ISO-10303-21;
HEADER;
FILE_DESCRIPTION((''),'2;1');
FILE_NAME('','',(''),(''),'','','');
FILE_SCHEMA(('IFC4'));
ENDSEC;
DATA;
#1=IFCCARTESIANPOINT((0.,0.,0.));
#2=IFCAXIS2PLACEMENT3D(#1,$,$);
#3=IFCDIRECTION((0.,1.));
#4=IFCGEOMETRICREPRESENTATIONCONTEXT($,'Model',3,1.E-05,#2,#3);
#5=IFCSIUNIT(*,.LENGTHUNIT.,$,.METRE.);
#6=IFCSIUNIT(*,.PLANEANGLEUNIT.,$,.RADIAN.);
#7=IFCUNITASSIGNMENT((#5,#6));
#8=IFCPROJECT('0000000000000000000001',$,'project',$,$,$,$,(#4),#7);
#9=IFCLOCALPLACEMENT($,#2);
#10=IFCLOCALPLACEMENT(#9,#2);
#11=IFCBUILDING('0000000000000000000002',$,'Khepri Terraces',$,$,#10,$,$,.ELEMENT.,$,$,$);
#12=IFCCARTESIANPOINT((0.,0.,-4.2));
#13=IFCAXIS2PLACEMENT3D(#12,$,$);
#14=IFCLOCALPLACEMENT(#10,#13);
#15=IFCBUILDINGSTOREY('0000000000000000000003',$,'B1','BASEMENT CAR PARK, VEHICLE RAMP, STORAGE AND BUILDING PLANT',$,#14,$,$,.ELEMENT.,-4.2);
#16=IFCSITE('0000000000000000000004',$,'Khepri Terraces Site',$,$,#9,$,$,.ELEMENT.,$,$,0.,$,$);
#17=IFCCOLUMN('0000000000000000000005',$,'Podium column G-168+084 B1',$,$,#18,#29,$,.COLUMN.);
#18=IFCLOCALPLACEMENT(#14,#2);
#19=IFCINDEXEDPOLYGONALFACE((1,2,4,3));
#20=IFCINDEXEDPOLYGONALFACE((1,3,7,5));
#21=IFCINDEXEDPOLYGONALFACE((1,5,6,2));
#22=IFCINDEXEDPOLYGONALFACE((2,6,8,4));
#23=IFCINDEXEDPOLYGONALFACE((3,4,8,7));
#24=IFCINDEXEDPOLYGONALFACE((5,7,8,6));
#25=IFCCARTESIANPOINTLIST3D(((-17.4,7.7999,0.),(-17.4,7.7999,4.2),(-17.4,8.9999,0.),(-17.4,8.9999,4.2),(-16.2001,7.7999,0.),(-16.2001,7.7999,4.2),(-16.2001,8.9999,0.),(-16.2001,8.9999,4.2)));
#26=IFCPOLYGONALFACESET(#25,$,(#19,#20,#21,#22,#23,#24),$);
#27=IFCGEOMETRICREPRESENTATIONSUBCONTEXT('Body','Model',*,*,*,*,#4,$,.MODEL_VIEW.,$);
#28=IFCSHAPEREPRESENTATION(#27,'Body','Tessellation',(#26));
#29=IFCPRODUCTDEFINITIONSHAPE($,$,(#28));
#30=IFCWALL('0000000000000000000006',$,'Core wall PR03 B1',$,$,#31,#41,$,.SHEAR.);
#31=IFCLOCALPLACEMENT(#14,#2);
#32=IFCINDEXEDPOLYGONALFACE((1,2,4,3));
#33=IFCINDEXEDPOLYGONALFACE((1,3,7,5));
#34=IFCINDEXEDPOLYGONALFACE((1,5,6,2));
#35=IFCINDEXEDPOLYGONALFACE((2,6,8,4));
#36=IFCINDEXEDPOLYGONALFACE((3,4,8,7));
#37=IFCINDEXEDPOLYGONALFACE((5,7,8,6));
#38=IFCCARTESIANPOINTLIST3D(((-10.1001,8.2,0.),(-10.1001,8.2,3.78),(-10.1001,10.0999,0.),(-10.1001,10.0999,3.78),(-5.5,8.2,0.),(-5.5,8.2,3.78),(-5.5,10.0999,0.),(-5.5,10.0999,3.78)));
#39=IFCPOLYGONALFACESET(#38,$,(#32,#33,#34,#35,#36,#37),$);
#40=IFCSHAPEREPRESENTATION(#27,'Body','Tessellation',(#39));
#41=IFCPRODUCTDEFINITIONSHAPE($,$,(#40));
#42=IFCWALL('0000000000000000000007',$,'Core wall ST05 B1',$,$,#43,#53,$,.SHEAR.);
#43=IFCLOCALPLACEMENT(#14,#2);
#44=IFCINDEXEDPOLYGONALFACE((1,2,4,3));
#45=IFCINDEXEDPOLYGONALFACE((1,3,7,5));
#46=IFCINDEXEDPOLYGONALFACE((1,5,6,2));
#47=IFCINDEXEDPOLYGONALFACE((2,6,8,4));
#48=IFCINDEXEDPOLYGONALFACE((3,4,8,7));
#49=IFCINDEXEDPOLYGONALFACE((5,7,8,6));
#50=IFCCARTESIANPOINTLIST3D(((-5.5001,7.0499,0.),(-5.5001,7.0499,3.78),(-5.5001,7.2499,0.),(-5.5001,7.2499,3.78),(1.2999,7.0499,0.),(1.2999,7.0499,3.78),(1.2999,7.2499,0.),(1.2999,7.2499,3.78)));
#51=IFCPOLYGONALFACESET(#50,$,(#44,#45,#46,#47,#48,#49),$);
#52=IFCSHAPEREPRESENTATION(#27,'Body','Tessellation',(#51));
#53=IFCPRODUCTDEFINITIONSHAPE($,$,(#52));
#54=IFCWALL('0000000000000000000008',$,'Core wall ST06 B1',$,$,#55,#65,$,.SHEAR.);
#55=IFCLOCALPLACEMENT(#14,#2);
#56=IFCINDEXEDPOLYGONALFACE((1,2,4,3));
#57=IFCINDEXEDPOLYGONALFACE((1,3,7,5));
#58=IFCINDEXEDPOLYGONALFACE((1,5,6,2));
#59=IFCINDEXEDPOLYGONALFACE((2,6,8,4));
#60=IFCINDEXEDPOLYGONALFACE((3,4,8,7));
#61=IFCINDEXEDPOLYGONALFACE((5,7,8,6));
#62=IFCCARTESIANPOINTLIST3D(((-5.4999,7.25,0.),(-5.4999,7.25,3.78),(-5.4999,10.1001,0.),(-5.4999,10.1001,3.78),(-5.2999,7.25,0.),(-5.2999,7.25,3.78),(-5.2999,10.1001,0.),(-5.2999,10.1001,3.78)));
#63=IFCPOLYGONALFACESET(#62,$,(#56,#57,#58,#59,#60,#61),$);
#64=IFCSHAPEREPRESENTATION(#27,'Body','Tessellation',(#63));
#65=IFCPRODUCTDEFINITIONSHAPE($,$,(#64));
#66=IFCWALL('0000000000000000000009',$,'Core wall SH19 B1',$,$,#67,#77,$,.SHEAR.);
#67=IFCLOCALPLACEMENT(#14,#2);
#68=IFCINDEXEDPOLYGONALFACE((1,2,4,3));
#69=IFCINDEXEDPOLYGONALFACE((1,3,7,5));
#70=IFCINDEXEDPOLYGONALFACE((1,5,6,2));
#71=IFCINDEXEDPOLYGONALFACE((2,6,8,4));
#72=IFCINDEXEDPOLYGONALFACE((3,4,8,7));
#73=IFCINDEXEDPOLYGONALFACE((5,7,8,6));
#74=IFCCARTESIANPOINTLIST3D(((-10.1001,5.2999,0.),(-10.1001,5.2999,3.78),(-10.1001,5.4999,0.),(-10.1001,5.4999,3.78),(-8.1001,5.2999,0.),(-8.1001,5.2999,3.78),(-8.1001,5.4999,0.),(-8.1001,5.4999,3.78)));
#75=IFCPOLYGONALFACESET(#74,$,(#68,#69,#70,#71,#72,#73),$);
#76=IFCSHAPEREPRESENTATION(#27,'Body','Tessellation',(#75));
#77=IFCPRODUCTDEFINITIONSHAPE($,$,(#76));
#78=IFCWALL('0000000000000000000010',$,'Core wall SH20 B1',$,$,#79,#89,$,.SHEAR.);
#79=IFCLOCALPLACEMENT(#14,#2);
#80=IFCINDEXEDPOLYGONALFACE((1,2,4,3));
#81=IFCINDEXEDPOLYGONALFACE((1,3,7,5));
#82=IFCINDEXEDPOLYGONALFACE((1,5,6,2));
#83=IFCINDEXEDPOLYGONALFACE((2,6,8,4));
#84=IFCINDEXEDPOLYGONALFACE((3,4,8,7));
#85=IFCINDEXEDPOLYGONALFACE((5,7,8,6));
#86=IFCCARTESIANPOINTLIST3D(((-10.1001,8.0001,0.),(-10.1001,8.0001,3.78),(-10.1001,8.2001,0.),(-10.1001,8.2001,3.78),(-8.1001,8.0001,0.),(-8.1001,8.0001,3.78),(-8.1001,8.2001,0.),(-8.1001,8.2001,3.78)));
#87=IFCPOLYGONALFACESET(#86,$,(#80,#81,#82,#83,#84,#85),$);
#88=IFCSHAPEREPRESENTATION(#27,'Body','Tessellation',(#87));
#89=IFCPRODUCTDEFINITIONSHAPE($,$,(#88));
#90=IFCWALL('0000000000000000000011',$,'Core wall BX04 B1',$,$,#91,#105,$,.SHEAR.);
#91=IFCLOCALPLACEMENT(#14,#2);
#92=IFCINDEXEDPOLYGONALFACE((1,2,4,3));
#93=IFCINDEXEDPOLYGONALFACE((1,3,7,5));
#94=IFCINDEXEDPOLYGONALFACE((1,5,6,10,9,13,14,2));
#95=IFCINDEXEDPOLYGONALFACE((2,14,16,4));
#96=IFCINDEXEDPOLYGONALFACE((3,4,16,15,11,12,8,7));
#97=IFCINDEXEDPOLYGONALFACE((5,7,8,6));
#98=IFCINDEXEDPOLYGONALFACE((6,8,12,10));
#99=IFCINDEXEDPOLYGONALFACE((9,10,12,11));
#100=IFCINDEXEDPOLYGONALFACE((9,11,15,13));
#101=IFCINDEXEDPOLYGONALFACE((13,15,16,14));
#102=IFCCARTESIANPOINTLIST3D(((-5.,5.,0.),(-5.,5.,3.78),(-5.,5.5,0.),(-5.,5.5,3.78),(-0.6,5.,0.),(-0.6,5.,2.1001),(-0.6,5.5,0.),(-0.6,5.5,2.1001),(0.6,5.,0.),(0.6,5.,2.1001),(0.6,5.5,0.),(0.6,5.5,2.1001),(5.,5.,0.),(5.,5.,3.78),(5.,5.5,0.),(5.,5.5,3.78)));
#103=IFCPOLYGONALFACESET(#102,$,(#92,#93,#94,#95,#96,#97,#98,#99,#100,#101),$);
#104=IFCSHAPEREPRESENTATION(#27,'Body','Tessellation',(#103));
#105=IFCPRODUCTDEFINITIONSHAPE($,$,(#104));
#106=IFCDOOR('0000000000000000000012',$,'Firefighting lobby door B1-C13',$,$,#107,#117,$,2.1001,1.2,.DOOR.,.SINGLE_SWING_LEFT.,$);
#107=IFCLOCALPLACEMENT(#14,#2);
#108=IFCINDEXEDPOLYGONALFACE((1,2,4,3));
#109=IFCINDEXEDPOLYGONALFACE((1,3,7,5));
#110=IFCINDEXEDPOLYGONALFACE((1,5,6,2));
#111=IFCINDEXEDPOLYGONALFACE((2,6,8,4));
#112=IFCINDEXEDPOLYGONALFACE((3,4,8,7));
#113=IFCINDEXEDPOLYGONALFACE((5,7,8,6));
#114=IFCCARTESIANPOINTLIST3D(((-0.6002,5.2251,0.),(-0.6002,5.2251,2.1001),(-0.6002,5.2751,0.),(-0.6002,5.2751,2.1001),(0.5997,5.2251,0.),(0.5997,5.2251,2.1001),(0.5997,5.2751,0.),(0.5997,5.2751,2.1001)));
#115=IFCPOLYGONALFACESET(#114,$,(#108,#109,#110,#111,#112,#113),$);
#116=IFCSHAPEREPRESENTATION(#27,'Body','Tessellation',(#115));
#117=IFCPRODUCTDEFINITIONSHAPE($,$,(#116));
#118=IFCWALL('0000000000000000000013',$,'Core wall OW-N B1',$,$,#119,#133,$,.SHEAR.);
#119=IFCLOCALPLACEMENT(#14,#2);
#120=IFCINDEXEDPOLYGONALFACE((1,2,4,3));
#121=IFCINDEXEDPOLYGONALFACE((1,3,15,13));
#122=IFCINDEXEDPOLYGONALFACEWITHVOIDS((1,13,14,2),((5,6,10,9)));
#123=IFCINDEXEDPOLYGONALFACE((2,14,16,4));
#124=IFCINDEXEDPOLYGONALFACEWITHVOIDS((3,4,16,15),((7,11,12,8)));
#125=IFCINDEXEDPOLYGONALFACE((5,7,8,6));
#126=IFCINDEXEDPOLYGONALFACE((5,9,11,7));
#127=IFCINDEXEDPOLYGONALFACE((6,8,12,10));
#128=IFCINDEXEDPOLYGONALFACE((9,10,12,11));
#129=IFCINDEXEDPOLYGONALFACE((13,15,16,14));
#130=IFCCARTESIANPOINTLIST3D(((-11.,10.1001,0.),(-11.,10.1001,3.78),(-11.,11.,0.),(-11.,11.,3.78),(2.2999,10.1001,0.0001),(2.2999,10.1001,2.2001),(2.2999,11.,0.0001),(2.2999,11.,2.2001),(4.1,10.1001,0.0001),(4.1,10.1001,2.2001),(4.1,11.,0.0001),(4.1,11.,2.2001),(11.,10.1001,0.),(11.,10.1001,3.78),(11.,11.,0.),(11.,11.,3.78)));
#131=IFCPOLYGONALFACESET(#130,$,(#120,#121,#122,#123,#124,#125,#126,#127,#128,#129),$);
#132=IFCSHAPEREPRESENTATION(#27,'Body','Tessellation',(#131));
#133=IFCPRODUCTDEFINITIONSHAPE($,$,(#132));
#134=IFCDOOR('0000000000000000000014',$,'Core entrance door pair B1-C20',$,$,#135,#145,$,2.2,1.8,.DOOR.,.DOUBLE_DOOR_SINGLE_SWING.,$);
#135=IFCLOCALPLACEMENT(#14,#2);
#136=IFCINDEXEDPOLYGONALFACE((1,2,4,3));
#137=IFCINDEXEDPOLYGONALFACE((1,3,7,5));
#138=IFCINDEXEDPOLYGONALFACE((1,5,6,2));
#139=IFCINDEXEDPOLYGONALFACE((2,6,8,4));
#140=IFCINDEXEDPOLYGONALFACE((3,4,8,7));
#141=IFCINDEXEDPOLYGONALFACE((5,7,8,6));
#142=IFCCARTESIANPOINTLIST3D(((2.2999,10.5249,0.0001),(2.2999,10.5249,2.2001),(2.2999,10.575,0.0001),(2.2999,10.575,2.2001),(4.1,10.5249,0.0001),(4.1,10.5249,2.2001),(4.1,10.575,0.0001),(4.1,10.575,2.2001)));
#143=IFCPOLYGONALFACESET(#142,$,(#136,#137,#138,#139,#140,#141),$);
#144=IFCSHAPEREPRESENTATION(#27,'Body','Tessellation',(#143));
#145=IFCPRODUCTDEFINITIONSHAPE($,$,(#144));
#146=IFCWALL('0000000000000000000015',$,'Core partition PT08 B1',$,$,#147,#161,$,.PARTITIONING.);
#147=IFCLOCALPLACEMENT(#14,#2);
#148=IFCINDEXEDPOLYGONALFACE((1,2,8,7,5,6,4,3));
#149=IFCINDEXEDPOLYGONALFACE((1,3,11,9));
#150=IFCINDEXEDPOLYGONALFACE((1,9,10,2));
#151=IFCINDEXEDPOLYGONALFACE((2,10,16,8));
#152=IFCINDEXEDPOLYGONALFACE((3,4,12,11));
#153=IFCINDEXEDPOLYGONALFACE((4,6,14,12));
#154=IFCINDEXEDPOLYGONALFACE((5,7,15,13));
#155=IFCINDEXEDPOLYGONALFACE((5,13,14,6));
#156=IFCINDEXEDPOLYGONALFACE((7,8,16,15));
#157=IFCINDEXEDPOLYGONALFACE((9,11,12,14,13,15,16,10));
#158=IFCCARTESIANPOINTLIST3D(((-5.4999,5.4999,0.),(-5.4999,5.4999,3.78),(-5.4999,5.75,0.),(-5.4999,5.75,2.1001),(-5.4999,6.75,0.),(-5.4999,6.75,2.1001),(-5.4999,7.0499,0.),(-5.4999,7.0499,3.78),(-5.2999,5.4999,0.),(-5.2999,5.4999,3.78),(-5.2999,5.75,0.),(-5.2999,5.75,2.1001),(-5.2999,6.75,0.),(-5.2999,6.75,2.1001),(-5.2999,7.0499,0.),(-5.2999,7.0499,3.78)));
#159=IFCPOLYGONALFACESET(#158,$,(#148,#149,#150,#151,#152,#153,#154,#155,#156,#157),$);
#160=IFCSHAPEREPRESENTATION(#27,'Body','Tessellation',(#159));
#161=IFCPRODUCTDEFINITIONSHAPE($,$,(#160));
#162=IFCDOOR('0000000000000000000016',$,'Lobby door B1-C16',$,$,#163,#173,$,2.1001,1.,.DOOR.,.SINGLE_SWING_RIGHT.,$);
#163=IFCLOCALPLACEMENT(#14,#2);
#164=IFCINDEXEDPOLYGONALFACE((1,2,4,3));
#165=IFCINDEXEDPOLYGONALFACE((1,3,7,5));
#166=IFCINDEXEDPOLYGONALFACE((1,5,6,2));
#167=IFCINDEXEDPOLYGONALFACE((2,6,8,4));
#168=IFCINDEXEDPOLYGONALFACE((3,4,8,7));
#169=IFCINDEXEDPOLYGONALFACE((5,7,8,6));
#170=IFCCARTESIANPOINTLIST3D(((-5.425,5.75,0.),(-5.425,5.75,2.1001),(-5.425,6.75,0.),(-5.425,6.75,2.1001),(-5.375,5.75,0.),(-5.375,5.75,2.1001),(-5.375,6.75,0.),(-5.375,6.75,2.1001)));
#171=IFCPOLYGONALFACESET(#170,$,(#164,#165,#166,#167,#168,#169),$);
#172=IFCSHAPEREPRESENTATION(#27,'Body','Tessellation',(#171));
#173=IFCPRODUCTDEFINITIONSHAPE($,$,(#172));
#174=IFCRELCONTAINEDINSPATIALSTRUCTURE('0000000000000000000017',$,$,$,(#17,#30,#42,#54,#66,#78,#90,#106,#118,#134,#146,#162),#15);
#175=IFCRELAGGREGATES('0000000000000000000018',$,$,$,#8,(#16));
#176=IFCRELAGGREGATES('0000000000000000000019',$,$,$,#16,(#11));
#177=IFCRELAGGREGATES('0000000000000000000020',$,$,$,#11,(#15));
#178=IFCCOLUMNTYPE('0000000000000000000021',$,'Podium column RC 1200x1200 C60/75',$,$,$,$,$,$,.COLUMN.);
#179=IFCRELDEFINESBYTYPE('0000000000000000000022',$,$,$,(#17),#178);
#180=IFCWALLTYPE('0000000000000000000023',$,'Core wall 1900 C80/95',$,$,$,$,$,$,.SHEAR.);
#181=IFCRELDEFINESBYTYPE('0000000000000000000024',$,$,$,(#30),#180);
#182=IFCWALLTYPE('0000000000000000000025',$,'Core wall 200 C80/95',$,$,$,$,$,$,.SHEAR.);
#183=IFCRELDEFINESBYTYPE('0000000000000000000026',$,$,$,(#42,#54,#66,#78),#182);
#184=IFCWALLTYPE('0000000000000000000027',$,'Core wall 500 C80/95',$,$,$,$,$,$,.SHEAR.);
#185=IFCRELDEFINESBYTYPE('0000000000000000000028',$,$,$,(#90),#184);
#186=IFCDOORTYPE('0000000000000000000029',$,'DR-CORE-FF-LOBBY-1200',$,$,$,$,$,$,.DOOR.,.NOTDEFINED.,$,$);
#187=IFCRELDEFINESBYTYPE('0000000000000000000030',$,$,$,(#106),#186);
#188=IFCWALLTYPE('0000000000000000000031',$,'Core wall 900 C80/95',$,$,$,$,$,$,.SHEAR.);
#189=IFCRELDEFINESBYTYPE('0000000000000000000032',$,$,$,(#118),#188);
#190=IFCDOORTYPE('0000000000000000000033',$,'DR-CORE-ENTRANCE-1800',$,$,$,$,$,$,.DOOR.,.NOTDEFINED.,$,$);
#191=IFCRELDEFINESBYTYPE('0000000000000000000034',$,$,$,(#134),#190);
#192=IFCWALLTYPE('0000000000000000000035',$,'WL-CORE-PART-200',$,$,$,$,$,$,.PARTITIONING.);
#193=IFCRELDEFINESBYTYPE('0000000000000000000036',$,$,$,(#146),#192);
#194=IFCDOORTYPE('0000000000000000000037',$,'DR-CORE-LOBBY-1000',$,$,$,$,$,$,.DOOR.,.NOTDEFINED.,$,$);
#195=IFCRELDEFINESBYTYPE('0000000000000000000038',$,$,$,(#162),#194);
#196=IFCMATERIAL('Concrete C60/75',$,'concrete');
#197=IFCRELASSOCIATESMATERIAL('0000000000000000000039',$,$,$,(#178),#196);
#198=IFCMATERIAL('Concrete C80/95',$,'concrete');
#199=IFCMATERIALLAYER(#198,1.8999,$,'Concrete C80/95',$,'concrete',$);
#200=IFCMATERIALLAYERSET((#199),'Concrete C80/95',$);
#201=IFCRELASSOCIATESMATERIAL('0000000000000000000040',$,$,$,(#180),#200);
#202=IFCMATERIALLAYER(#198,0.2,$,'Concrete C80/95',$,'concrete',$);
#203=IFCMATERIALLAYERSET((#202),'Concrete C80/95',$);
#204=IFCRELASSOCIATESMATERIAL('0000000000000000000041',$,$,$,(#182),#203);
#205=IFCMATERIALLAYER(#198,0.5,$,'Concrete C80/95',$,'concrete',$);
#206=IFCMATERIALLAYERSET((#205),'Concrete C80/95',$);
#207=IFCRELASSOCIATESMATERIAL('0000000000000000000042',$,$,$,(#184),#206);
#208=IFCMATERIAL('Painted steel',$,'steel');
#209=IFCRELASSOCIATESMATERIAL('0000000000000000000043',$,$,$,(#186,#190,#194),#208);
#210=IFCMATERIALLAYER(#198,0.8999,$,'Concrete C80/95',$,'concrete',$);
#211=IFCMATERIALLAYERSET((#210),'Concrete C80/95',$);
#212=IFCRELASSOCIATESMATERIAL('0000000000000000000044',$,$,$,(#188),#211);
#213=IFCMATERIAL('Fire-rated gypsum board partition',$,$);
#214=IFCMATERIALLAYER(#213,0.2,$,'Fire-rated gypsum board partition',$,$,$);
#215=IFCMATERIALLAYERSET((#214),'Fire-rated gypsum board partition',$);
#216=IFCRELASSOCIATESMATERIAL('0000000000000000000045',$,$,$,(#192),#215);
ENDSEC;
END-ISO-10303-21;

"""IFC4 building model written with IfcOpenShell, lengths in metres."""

from ifc_helpers import new_model, si_unit, direction, frame, frame_2d, origin, origin_2d, place, context, subcontext, project, spatial, rectangle, extrude, material, layer, layer_set, material_profile, profile_set, type_object, element, fill, save


model = new_model("IFC4")

# Units and contexts
model_context = context("Model", 3, precision=1e-05, world=origin(), true_north=direction((0.0, 1.0)))
body_context = subcontext(model_context, "Body", "Model", "MODEL_VIEW")
ifc_project = project(units=[si_unit("LENGTHUNIT", "METRE"), si_unit("PLANEANGLEUNIT", "RADIAN")], contexts=[model_context])

# Site, building, storey
site_placement = place(None, origin())
site = spatial("IfcSite", under=ifc_project, at=site_placement, Name="Khepri Terraces Site", CompositionType="ELEMENT", RefElevation=0.0)
building_placement = place(site_placement, origin())
building = spatial("IfcBuilding", under=site, at=building_placement, Name="Khepri Terraces", CompositionType="ELEMENT")
storey_placement = place(building_placement, frame((0.0, 0.0, -4.2)))
storey = spatial("IfcBuildingStorey", under=building, at=storey_placement, Name="B1", Description="BASEMENT CAR PARK, VEHICLE RAMP, STORAGE AND BUILDING PLANT", CompositionType="ELEMENT", Elevation=-4.2)

# Column
ifc_material_1 = material(Name="Concrete C60/75", Category="concrete")
ifc_material_profile = material_profile(ifc_material_1, rectangle(XDim=1.2, YDim=1.2, at=origin_2d()), Name="Concrete C60/75", Category="concrete")
ifc_profile_set = profile_set([ifc_material_profile], Name="Concrete C60/75")
column_type = type_object("IfcColumnType", Name="Podium column RC 1200x1200 C60/75", PredefinedType="COLUMN", material=ifc_profile_set)
column_placement = place(storey_placement, frame((-16.8, 8.3999, 0.0), z_axis=(0.0, 0.0, 1.0), x_axis=(1.0, 0.0, 0.0)))
element("IfcColumn", 1, at=column_placement, inside=storey, type_object=column_type, Name="Podium column G-168+084 B1", PredefinedType="COLUMN", context=body_context, shape_type="SweptSolid", body=[
    extrude(rectangle(XDim=1.2, YDim=1.2, at=origin_2d()), origin(), (0.0, 0.0, 1.0), 4.2),
])

# Walls
ifc_material_2 = material(Name="Concrete C80/95", Category="concrete")
ifc_layer_1 = layer(ifc_material_2, 1.8999, Name="Concrete C80/95", Category="concrete")
ifc_layer_set_1 = layer_set([ifc_layer_1], Name="Concrete C80/95")
wall_type_1 = type_object("IfcWallType", Name="Core wall 1900 C80/95", PredefinedType="SHEAR", material=ifc_layer_set_1)
wall_1_placement = place(storey_placement, frame((-10.1001, 9.1499, 0.0), z_axis=(0.0, 0.0, 1.0), x_axis=(1.0, 0.0, 0.0)))
element("IfcWall", 2, at=wall_1_placement, inside=storey, type_object=wall_type_1, Name="Core wall PR03 B1", PredefinedType="SHEAR", context=body_context, shape_type="SweptSolid", body=[
    extrude(rectangle(XDim=4.6001, YDim=1.8999, at=frame_2d((2.3, 0.0))), origin(), (0.0, 0.0, 1.0), 3.78),
])
ifc_layer_2 = layer(ifc_material_2, 0.2, Name="Concrete C80/95", Category="concrete")
ifc_layer_set_2 = layer_set([ifc_layer_2], Name="Concrete C80/95")
wall_type_2 = type_object("IfcWallType", Name="Core wall 200 C80/95", PredefinedType="SHEAR", material=ifc_layer_set_2)
wall_2_placement = place(storey_placement, frame((-5.5, 7.1499, 0.0), z_axis=(0.0, 0.0, 1.0), x_axis=(1.0, 0.0, 0.0)))
element("IfcWall", 3, at=wall_2_placement, inside=storey, type_object=wall_type_2, Name="Core wall ST05 B1", PredefinedType="SHEAR", context=body_context, shape_type="SweptSolid", body=[
    extrude(rectangle(XDim=6.8, YDim=0.2, at=frame_2d((3.3999, 0.0))), origin(), (0.0, 0.0, 1.0), 3.78),
])
wall_3_placement = place(storey_placement, frame((-5.3999, 7.25, 0.0), z_axis=(0.0, 0.0, 1.0), x_axis=(0.0, 1.0, 0.0)))
element("IfcWall", 4, at=wall_3_placement, inside=storey, type_object=wall_type_2, Name="Core wall ST06 B1", PredefinedType="SHEAR", context=body_context, shape_type="SweptSolid", body=[
    extrude(rectangle(XDim=2.8501, YDim=0.2, at=frame_2d((1.425, 0.0))), origin(), (0.0, 0.0, 1.0), 3.78),
])
for number, where, z_axis, x_axis, name in (
    (5, (-10.1001, 5.3999, 0.0), (0.0, 0.0, 1.0), (1.0, 0.0, 0.0), "Core wall SH19 B1"),
    (6, (-10.1001, 8.1001, 0.0), (0.0, 0.0, 1.0), (1.0, 0.0, 0.0), "Core wall SH20 B1"),
):
    element("IfcWall", number, at=place(storey_placement, frame(where, z_axis=z_axis, x_axis=x_axis)), inside=storey, type_object=wall_type_2, Name=name, PredefinedType="SHEAR", context=body_context, shape_type="SweptSolid", body=[
        extrude(rectangle(XDim=2.0, YDim=0.2, at=frame_2d((1.0, 0.0))), origin(), (0.0, 0.0, 1.0), 3.78),
    ])

# Walls, openings, doors
ifc_layer_3 = layer(ifc_material_2, 0.5, Name="Concrete C80/95", Category="concrete")
ifc_layer_set_3 = layer_set([ifc_layer_3], Name="Concrete C80/95")
wall_type_3 = type_object("IfcWallType", Name="Core wall 500 C80/95", PredefinedType="SHEAR", material=ifc_layer_set_3)
wall_4_placement = place(storey_placement, frame((-5.0, 5.25, 0.0), z_axis=(0.0, 0.0, 1.0), x_axis=(1.0, 0.0, 0.0)))
wall_4 = element("IfcWall", 7, at=wall_4_placement, inside=storey, type_object=wall_type_3, Name="Core wall BX04 B1", PredefinedType="SHEAR", context=body_context, shape_type="SweptSolid", body=[
    extrude(rectangle(XDim=10.0, YDim=0.5, at=frame_2d((5.0, 0.0))), origin(), (0.0, 0.0, 1.0), 3.78),
])
opening_1_placement = place(wall_4_placement, frame((4.3999, 0.0, 0.0)))
opening_1 = element("IfcOpeningElement", 8, at=opening_1_placement, cuts=wall_4, PredefinedType="OPENING", context=body_context, shape_type="SweptSolid", body=[
    extrude(rectangle(XDim=1.2, YDim=2.1001, at=frame_2d((0.6001, 1.05))), frame((0.0, 0.26, 0.0), z_axis=(0.0, -1.0, 0.0), x_axis=(1.0, 0.0, 0.0)), (0.0, 0.0, 1.0), 0.52),
])
ifc_material_3 = material(Name="Painted steel", Category="steel")
door_type_1 = type_object("IfcDoorType", Name="DR-CORE-FF-LOBBY-1200", OperationType="NOTDEFINED", PredefinedType="DOOR", material=ifc_material_3)
door_1_placement = place(opening_1_placement, frame((1.2, 0.0, 0.0), z_axis=(0.0, 0.0, 1.0), x_axis=(-1.0, 0.0, 0.0)))
door_1 = element("IfcDoor", 9, at=door_1_placement, inside=storey, type_object=door_type_1, Name="Firefighting lobby door B1-C13", OperationType="SINGLE_SWING_LEFT", OverallHeight=2.1001, OverallWidth=1.2, PredefinedType="DOOR", context=body_context, shape_type="SweptSolid", body=[
    extrude(rectangle(XDim=1.2, YDim=2.1001, at=frame_2d((0.6001, 1.05))), frame((0.0, 0.0249, 0.0), z_axis=(0.0, -1.0, 0.0), x_axis=(1.0, 0.0, 0.0)), (0.0, 0.0, 1.0), 0.05),
])
fill(opening_1, door_1)
ifc_layer_4 = layer(ifc_material_2, 0.8999, Name="Concrete C80/95", Category="concrete")
ifc_layer_set_4 = layer_set([ifc_layer_4], Name="Concrete C80/95")
wall_type_4 = type_object("IfcWallType", Name="Core wall 900 C80/95", PredefinedType="SHEAR", material=ifc_layer_set_4)
wall_5_placement = place(storey_placement, frame((-11.0, 10.55, 0.0), z_axis=(0.0, 0.0, 1.0), x_axis=(1.0, 0.0, 0.0)))
wall_5 = element("IfcWall", 10, at=wall_5_placement, inside=storey, type_object=wall_type_4, Name="Core wall OW-N B1", PredefinedType="SHEAR", context=body_context, shape_type="SweptSolid", body=[
    extrude(rectangle(XDim=22.0, YDim=0.8999, at=frame_2d((11.0, 0.0))), origin(), (0.0, 0.0, 1.0), 3.78),
])
opening_2_placement = place(wall_5_placement, frame((13.3, 0.0, 0.0)))
opening_2 = element("IfcOpeningElement", 11, at=opening_2_placement, cuts=wall_5, PredefinedType="OPENING", context=body_context, shape_type="SweptSolid", body=[
    extrude(rectangle(XDim=1.8, YDim=2.2, at=frame_2d((0.8999, 1.1001))), frame((0.0, 0.46, 0.0), z_axis=(0.0, -1.0, 0.0), x_axis=(1.0, 0.0, 0.0)), (0.0, 0.0, 1.0), 0.9199),
])
door_type_2 = type_object("IfcDoorType", Name="DR-CORE-ENTRANCE-1800", OperationType="NOTDEFINED", PredefinedType="DOOR", material=ifc_material_3)
door_2_placement = place(opening_2_placement, origin())
door_2 = element("IfcDoor", 12, at=door_2_placement, inside=storey, type_object=door_type_2, Name="Core entrance door pair B1-C20", OperationType="DOUBLE_DOOR_SINGLE_SWING", OverallHeight=2.2, OverallWidth=1.8, PredefinedType="DOOR", context=body_context, shape_type="SweptSolid", body=[
    extrude(rectangle(XDim=1.8, YDim=2.2, at=frame_2d((0.8999, 1.1001))), frame((0.0, 0.0249, 0.0), z_axis=(0.0, -1.0, 0.0), x_axis=(1.0, 0.0, 0.0)), (0.0, 0.0, 1.0), 0.05),
])
fill(opening_2, door_2)
ifc_material_4 = material(Name="Fire-rated gypsum board partition")
ifc_layer_5 = layer(ifc_material_4, 0.2, Name="Fire-rated gypsum board partition")
ifc_layer_set_5 = layer_set([ifc_layer_5], Name="Fire-rated gypsum board partition")
wall_type_5 = type_object("IfcWallType", Name="WL-CORE-PART-200", PredefinedType="PARTITIONING", material=ifc_layer_set_5)
wall_6_placement = place(storey_placement, frame((-5.3999, 5.5, 0.0), z_axis=(0.0, 0.0, 1.0), x_axis=(0.0, 1.0, 0.0)))
wall_6 = element("IfcWall", 13, at=wall_6_placement, inside=storey, type_object=wall_type_5, Name="Core partition PT08 B1", PredefinedType="PARTITIONING", context=body_context, shape_type="SweptSolid", body=[
    extrude(rectangle(XDim=1.55, YDim=0.2, at=frame_2d((0.7749, 0.0))), origin(), (0.0, 0.0, 1.0), 3.78),
])
opening_3_placement = place(wall_6_placement, frame((0.25, 0.0, 0.0)))
opening_3 = element("IfcOpeningElement", 14, at=opening_3_placement, cuts=wall_6, PredefinedType="OPENING", context=body_context, shape_type="SweptSolid", body=[
    extrude(rectangle(XDim=1.0, YDim=2.1001, at=frame_2d((0.5, 1.05))), frame((0.0, 0.1099, 0.0), z_axis=(0.0, -1.0, 0.0), x_axis=(1.0, 0.0, 0.0)), (0.0, 0.0, 1.0), 0.22),
])
door_type_3 = type_object("IfcDoorType", Name="DR-CORE-LOBBY-1000", OperationType="NOTDEFINED", PredefinedType="DOOR", material=ifc_material_3)
door_3_placement = place(opening_3_placement, frame((1.0, 0.0, 0.0), z_axis=(0.0, 0.0, 1.0), x_axis=(-1.0, 0.0, 0.0)))
door_3 = element("IfcDoor", 15, at=door_3_placement, inside=storey, type_object=door_type_3, Name="Lobby door B1-C16", OperationType="SINGLE_SWING_RIGHT", OverallHeight=2.1001, OverallWidth=1.0, PredefinedType="DOOR", context=body_context, shape_type="SweptSolid", body=[
    extrude(rectangle(XDim=1.0, YDim=2.1001, at=frame_2d((0.5, 1.05))), frame((0.0, 0.0249, 0.0), z_axis=(0.0, -1.0, 0.0), x_axis=(1.0, 0.0, 0.0)), (0.0, 0.0, 1.0), 0.05),
])
fill(opening_3, door_3)

save(model, "model.ifc")
